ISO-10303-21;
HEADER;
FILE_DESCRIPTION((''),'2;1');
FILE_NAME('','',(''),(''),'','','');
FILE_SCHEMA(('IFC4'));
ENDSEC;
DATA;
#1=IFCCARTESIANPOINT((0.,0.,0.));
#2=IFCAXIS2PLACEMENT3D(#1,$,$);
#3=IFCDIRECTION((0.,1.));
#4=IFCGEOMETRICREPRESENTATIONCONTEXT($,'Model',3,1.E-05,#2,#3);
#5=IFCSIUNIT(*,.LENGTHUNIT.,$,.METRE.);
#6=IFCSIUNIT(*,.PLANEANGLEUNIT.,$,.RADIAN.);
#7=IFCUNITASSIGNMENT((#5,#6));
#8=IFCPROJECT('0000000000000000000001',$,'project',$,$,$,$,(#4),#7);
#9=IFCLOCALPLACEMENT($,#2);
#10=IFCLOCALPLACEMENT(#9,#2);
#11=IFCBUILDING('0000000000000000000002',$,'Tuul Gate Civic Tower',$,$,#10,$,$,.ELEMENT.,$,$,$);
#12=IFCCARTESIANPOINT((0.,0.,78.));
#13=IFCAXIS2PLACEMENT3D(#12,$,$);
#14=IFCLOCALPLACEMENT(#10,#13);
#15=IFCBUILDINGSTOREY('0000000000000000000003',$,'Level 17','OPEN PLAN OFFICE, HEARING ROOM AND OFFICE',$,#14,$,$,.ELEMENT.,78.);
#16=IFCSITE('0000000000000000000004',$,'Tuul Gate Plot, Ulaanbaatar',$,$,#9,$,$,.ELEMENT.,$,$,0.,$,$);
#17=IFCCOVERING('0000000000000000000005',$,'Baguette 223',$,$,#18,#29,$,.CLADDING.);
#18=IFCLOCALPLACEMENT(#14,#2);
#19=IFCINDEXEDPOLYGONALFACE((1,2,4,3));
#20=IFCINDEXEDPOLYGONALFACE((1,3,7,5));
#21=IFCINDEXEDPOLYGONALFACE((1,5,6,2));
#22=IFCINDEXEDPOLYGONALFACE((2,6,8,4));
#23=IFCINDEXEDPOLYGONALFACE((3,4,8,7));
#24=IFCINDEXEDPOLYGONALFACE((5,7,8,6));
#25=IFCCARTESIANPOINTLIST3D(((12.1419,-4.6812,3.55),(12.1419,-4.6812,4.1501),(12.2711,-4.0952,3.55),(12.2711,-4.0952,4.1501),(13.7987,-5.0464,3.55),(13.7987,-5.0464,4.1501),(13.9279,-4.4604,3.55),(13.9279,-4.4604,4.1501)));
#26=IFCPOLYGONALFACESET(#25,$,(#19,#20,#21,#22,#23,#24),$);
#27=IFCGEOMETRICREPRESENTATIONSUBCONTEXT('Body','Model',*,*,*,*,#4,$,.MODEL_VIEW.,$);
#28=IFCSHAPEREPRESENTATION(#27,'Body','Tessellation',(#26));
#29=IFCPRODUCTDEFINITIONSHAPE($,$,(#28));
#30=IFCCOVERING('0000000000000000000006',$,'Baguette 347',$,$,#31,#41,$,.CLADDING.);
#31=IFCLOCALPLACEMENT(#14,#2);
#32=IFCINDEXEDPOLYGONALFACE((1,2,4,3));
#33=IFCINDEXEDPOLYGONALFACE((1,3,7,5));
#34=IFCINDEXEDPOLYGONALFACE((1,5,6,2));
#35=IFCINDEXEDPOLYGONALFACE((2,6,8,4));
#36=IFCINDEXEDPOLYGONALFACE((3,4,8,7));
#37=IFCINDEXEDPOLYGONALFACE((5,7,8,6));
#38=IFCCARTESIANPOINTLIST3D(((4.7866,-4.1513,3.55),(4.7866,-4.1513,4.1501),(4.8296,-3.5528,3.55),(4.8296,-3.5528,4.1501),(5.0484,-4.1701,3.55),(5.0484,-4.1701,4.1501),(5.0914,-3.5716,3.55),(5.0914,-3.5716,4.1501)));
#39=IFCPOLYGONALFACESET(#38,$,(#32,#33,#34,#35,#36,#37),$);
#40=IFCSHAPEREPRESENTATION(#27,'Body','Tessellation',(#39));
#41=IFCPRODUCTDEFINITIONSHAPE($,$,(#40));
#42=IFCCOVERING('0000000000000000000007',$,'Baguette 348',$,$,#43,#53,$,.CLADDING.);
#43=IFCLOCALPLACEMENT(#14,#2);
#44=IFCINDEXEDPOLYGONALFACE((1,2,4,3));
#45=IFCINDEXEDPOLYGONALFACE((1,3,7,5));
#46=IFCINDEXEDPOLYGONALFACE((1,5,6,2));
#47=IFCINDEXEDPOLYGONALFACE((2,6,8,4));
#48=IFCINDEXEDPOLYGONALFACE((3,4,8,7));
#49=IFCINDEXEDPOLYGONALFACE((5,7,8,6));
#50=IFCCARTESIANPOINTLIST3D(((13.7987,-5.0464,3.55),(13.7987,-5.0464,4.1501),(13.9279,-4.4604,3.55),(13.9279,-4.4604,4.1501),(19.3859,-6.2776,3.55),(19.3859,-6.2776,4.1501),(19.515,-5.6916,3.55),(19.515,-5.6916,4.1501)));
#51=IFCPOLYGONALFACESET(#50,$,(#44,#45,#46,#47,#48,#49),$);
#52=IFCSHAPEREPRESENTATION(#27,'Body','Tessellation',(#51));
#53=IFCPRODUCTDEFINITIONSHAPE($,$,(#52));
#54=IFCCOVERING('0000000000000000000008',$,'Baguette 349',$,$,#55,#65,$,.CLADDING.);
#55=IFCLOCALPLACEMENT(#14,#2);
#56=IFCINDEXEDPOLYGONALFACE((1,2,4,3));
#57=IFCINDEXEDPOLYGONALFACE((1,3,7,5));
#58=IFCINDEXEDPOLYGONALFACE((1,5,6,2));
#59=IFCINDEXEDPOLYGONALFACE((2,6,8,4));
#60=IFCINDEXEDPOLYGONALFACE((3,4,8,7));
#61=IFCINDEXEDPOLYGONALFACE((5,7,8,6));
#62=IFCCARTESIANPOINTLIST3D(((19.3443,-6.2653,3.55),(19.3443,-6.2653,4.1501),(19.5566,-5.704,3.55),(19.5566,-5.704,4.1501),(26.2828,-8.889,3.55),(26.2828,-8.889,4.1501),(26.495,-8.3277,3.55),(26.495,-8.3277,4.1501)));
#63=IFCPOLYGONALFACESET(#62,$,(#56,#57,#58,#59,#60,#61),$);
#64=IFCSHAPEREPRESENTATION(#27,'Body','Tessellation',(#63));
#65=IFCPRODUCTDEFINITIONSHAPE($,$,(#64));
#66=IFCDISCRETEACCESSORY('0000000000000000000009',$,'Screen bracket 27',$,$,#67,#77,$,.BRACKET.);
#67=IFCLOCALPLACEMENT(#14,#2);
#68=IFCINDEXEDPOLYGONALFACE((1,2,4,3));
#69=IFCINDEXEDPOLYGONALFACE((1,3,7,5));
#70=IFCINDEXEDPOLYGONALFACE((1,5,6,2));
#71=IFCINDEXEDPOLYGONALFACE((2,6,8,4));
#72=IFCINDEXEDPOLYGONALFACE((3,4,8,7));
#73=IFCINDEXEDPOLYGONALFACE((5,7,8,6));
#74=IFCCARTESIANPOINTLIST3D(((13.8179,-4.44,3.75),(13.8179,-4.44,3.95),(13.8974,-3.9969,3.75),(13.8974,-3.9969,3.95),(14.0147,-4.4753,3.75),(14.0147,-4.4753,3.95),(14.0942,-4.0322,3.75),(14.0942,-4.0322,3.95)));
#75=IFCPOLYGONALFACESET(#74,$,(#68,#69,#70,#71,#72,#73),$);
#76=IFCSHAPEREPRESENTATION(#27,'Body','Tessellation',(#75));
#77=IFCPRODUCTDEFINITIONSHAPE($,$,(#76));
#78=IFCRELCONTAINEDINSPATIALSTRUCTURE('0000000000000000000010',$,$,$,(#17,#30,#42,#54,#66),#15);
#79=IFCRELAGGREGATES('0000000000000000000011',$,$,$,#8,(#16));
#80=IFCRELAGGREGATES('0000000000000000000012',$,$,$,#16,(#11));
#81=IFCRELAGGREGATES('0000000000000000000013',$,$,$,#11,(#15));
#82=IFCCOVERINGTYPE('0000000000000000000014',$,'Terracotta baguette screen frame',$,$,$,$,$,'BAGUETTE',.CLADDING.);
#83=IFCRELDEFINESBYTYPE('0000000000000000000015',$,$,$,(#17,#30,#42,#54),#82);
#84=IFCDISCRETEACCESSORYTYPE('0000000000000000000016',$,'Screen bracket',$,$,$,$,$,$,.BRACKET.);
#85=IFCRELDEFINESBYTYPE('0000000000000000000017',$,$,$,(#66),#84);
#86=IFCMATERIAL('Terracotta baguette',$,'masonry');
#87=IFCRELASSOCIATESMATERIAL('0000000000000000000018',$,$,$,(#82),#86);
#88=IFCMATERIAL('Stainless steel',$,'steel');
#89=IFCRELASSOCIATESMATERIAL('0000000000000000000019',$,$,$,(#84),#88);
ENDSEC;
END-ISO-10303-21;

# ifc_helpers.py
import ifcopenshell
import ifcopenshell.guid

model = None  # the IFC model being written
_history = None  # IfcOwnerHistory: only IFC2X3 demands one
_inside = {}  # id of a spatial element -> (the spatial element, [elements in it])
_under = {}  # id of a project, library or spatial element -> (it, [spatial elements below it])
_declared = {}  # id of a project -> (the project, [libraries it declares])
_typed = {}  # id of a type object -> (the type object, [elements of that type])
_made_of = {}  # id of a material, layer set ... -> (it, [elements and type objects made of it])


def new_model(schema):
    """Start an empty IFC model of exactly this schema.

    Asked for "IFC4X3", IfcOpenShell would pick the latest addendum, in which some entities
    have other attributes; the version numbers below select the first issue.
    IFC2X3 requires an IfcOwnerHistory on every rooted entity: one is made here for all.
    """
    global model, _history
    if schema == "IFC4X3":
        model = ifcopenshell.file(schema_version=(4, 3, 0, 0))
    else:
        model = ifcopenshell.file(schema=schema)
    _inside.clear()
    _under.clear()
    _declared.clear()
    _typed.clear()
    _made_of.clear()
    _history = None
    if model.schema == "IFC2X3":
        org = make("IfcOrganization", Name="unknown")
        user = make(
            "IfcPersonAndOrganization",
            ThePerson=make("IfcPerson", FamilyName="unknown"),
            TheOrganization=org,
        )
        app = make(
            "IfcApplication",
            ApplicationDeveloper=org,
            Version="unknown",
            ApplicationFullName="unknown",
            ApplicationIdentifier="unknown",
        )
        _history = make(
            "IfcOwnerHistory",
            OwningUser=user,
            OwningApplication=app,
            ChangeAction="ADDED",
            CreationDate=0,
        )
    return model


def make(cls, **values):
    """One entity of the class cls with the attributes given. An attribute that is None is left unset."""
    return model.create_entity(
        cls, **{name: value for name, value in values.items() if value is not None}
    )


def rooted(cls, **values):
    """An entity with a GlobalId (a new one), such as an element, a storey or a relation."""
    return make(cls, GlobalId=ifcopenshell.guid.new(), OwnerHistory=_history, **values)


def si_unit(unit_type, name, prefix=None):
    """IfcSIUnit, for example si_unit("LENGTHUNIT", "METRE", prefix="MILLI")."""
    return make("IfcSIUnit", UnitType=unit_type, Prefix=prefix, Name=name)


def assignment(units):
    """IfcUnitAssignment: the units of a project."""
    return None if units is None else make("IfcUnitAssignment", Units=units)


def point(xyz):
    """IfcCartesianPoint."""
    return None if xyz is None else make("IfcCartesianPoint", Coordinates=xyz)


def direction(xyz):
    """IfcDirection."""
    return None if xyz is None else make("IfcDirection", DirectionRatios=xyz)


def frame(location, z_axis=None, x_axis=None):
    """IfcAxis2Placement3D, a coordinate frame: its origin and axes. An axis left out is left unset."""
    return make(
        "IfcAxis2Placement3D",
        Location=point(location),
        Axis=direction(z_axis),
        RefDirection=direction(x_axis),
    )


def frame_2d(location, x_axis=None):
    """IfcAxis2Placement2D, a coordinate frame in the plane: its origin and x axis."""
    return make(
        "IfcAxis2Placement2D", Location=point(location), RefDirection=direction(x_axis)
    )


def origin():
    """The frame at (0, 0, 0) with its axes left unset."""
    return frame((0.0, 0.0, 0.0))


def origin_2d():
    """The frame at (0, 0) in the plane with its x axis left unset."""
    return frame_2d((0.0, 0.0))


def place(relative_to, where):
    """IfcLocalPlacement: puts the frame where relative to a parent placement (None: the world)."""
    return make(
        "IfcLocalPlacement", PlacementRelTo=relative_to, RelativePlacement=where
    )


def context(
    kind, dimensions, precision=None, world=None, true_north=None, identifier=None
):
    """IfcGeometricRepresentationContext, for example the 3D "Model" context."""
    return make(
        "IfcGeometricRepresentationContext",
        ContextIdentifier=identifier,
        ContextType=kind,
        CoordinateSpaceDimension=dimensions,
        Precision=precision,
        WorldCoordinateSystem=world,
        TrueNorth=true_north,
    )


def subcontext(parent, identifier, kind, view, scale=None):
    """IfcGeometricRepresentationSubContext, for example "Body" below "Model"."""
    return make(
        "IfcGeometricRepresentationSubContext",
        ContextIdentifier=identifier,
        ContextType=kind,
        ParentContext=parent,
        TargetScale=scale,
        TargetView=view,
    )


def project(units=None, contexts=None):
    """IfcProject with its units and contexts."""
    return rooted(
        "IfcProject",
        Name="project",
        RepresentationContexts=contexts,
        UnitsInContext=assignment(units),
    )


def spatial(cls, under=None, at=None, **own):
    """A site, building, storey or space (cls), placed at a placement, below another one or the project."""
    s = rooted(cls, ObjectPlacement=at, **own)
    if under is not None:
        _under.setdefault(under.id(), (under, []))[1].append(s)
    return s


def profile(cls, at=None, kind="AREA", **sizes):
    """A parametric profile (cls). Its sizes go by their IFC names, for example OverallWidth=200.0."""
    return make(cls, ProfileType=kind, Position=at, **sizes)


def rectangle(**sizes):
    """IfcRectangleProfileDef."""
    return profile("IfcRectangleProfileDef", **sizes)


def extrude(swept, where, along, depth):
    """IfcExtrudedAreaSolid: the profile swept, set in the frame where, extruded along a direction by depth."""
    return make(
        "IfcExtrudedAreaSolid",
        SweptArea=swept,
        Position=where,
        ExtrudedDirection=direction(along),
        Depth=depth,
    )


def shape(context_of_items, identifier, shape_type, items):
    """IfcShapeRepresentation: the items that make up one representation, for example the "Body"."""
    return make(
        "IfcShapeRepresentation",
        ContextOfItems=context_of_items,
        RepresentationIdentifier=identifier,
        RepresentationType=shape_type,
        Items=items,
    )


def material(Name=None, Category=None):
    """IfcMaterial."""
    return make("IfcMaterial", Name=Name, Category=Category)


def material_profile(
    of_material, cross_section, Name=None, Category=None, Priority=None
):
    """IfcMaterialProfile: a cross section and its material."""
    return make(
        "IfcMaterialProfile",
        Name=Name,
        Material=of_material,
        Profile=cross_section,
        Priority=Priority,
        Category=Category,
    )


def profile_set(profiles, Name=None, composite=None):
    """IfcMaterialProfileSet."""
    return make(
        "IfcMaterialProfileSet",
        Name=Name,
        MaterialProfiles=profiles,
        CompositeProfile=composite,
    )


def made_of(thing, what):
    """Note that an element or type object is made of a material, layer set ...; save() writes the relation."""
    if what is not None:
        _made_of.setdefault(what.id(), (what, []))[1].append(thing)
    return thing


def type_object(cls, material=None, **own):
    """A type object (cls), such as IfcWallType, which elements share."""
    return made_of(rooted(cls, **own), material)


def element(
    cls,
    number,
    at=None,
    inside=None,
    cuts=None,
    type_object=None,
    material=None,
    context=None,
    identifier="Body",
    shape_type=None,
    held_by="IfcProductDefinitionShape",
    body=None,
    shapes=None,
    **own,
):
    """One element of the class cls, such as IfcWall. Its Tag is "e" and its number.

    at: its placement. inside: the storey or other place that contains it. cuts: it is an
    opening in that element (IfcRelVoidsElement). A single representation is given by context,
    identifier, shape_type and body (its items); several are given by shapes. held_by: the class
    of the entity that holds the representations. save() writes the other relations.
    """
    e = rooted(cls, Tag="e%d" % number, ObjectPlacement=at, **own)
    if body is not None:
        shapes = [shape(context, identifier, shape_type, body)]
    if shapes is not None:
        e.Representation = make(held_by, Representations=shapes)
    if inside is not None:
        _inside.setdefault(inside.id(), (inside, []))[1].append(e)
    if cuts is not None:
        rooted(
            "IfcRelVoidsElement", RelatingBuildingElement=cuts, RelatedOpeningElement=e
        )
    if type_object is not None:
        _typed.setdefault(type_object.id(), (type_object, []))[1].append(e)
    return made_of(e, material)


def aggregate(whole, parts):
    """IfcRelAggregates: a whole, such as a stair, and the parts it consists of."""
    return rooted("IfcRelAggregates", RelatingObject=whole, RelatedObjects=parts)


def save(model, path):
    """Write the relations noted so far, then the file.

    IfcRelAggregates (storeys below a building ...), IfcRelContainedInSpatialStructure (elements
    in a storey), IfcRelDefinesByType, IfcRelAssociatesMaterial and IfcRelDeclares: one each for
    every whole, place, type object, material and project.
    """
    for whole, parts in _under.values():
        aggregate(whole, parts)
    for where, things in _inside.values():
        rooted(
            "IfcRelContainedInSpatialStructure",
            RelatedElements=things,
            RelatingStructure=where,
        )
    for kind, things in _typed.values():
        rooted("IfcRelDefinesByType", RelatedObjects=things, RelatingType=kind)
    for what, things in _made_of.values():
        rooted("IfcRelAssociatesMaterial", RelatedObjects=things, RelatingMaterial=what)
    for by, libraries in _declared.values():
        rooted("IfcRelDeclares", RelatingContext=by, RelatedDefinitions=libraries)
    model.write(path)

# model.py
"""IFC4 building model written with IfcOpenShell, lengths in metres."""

from ifc_helpers import new_model, si_unit, direction, frame, origin, origin_2d, place, context, subcontext, project, spatial, rectangle, extrude, material, material_profile, profile_set, type_object, element, save


model = new_model("IFC4")

# Units and contexts
model_context = context("Model", 3, precision=1e-05, world=origin(), true_north=direction((0.0, 1.0)))
body_context = subcontext(model_context, "Body", "Model", "MODEL_VIEW")
ifc_project = project(units=[si_unit("LENGTHUNIT", "METRE"), si_unit("PLANEANGLEUNIT", "RADIAN")], contexts=[model_context])

# Site, building, storey
site_placement = place(None, origin())
site = spatial("IfcSite", under=ifc_project, at=site_placement, Name="Tuul Gate Plot, Ulaanbaatar", CompositionType="ELEMENT", RefElevation=0.0)
building_placement = place(site_placement, origin())
building = spatial("IfcBuilding", under=site, at=building_placement, Name="Tuul Gate Civic Tower", CompositionType="ELEMENT")
storey_placement = place(building_placement, frame((0.0, 0.0, 78.0)))
storey = spatial("IfcBuildingStorey", under=building, at=storey_placement, Name="Level 17", Description="OPEN PLAN OFFICE, HEARING ROOM AND OFFICE", CompositionType="ELEMENT", Elevation=78.0)

# Coverings
ifc_material_1 = material(Name="Terracotta baguette", Category="masonry")
ifc_material_profile_1 = material_profile(ifc_material_1, rectangle(XDim=0.6001, YDim=0.6001, at=origin_2d()), Name="Terracotta baguette screen frame")
ifc_profile_set_1 = profile_set([ifc_material_profile_1], Name="Terracotta baguette")
covering_type = type_object("IfcCoveringType", Name="Terracotta baguette screen frame", ElementType="BAGUETTE", PredefinedType="CLADDING", material=ifc_profile_set_1)
covering_1_placement = place(storey_placement, frame((12.2065, -4.3882, 3.8501), z_axis=(0.976551, -0.215285, 0.0), x_axis=(0.215285, 0.976551, 0.0)))
element("IfcCovering", 1, at=covering_1_placement, inside=storey, type_object=covering_type, Name="Baguette 223", PredefinedType="CLADDING", context=body_context, shape_type="SweptSolid", body=[
    extrude(rectangle(XDim=0.6001, YDim=0.6001, at=origin_2d()), origin(), (0.0, 0.0, 1.0), 1.6965),
])
covering_2_placement = place(storey_placement, frame((4.8081, -3.8521, 3.8501), z_axis=(0.99743, -0.071644, 0.0), x_axis=(0.071644, 0.99743, 0.0)))
element("IfcCovering", 2, at=covering_2_placement, inside=storey, type_object=covering_type, Name="Baguette 347", PredefinedType="CLADDING", context=body_context, shape_type="SweptSolid", body=[
    extrude(rectangle(XDim=0.6001, YDim=0.6001, at=origin_2d()), origin(), (0.0, 0.0, 1.0), 0.2625),
])
covering_3_placement = place(storey_placement, frame((13.8633, -4.7534, 3.8501), z_axis=(0.97657, -0.2152, 0.0), x_axis=(0.2152, 0.97657, 0.0)))
element("IfcCovering", 3, at=covering_3_placement, inside=storey, type_object=covering_type, Name="Baguette 348", PredefinedType="CLADDING", context=body_context, shape_type="SweptSolid", body=[
    extrude(rectangle(XDim=0.6001, YDim=0.6001, at=origin_2d()), origin(), (0.0, 0.0, 1.0), 5.7212),
])
covering_4_placement = place(storey_placement, frame((19.4504, -5.9846, 3.8501), z_axis=(0.935357, -0.353705, 0.0), x_axis=(0.353705, 0.935357, 0.0)))
element("IfcCovering", 4, at=covering_4_placement, inside=storey, type_object=covering_type, Name="Baguette 349", PredefinedType="CLADDING", context=body_context, shape_type="SweptSolid", body=[
    extrude(rectangle(XDim=0.6001, YDim=0.6001, at=origin_2d()), origin(), (0.0, 0.0, 1.0), 7.418),
])

# Discrete accessory
ifc_material_2 = material(Name="Stainless steel", Category="steel")
discrete_accessory_type = type_object("IfcDiscreteAccessoryType", Name="Screen bracket", PredefinedType="BRACKET", material=ifc_material_2)
discrete_accessory_placement = place(storey_placement, frame((13.9561, -4.2361, 3.75), z_axis=(0.0, 0.0, 1.0), x_axis=(-0.176724, -0.98426, 0.0)))
element("IfcDiscreteAccessory", 5, at=discrete_accessory_placement, inside=storey, type_object=discrete_accessory_type, Name="Screen bracket 27", PredefinedType="BRACKET", context=body_context, shape_type="SweptSolid", body=[
    extrude(rectangle(XDim=0.4502, YDim=0.2, at=origin_2d()), origin(), (0.0, 0.0, 1.0), 0.2),
])

save(model, "model.ifc")
